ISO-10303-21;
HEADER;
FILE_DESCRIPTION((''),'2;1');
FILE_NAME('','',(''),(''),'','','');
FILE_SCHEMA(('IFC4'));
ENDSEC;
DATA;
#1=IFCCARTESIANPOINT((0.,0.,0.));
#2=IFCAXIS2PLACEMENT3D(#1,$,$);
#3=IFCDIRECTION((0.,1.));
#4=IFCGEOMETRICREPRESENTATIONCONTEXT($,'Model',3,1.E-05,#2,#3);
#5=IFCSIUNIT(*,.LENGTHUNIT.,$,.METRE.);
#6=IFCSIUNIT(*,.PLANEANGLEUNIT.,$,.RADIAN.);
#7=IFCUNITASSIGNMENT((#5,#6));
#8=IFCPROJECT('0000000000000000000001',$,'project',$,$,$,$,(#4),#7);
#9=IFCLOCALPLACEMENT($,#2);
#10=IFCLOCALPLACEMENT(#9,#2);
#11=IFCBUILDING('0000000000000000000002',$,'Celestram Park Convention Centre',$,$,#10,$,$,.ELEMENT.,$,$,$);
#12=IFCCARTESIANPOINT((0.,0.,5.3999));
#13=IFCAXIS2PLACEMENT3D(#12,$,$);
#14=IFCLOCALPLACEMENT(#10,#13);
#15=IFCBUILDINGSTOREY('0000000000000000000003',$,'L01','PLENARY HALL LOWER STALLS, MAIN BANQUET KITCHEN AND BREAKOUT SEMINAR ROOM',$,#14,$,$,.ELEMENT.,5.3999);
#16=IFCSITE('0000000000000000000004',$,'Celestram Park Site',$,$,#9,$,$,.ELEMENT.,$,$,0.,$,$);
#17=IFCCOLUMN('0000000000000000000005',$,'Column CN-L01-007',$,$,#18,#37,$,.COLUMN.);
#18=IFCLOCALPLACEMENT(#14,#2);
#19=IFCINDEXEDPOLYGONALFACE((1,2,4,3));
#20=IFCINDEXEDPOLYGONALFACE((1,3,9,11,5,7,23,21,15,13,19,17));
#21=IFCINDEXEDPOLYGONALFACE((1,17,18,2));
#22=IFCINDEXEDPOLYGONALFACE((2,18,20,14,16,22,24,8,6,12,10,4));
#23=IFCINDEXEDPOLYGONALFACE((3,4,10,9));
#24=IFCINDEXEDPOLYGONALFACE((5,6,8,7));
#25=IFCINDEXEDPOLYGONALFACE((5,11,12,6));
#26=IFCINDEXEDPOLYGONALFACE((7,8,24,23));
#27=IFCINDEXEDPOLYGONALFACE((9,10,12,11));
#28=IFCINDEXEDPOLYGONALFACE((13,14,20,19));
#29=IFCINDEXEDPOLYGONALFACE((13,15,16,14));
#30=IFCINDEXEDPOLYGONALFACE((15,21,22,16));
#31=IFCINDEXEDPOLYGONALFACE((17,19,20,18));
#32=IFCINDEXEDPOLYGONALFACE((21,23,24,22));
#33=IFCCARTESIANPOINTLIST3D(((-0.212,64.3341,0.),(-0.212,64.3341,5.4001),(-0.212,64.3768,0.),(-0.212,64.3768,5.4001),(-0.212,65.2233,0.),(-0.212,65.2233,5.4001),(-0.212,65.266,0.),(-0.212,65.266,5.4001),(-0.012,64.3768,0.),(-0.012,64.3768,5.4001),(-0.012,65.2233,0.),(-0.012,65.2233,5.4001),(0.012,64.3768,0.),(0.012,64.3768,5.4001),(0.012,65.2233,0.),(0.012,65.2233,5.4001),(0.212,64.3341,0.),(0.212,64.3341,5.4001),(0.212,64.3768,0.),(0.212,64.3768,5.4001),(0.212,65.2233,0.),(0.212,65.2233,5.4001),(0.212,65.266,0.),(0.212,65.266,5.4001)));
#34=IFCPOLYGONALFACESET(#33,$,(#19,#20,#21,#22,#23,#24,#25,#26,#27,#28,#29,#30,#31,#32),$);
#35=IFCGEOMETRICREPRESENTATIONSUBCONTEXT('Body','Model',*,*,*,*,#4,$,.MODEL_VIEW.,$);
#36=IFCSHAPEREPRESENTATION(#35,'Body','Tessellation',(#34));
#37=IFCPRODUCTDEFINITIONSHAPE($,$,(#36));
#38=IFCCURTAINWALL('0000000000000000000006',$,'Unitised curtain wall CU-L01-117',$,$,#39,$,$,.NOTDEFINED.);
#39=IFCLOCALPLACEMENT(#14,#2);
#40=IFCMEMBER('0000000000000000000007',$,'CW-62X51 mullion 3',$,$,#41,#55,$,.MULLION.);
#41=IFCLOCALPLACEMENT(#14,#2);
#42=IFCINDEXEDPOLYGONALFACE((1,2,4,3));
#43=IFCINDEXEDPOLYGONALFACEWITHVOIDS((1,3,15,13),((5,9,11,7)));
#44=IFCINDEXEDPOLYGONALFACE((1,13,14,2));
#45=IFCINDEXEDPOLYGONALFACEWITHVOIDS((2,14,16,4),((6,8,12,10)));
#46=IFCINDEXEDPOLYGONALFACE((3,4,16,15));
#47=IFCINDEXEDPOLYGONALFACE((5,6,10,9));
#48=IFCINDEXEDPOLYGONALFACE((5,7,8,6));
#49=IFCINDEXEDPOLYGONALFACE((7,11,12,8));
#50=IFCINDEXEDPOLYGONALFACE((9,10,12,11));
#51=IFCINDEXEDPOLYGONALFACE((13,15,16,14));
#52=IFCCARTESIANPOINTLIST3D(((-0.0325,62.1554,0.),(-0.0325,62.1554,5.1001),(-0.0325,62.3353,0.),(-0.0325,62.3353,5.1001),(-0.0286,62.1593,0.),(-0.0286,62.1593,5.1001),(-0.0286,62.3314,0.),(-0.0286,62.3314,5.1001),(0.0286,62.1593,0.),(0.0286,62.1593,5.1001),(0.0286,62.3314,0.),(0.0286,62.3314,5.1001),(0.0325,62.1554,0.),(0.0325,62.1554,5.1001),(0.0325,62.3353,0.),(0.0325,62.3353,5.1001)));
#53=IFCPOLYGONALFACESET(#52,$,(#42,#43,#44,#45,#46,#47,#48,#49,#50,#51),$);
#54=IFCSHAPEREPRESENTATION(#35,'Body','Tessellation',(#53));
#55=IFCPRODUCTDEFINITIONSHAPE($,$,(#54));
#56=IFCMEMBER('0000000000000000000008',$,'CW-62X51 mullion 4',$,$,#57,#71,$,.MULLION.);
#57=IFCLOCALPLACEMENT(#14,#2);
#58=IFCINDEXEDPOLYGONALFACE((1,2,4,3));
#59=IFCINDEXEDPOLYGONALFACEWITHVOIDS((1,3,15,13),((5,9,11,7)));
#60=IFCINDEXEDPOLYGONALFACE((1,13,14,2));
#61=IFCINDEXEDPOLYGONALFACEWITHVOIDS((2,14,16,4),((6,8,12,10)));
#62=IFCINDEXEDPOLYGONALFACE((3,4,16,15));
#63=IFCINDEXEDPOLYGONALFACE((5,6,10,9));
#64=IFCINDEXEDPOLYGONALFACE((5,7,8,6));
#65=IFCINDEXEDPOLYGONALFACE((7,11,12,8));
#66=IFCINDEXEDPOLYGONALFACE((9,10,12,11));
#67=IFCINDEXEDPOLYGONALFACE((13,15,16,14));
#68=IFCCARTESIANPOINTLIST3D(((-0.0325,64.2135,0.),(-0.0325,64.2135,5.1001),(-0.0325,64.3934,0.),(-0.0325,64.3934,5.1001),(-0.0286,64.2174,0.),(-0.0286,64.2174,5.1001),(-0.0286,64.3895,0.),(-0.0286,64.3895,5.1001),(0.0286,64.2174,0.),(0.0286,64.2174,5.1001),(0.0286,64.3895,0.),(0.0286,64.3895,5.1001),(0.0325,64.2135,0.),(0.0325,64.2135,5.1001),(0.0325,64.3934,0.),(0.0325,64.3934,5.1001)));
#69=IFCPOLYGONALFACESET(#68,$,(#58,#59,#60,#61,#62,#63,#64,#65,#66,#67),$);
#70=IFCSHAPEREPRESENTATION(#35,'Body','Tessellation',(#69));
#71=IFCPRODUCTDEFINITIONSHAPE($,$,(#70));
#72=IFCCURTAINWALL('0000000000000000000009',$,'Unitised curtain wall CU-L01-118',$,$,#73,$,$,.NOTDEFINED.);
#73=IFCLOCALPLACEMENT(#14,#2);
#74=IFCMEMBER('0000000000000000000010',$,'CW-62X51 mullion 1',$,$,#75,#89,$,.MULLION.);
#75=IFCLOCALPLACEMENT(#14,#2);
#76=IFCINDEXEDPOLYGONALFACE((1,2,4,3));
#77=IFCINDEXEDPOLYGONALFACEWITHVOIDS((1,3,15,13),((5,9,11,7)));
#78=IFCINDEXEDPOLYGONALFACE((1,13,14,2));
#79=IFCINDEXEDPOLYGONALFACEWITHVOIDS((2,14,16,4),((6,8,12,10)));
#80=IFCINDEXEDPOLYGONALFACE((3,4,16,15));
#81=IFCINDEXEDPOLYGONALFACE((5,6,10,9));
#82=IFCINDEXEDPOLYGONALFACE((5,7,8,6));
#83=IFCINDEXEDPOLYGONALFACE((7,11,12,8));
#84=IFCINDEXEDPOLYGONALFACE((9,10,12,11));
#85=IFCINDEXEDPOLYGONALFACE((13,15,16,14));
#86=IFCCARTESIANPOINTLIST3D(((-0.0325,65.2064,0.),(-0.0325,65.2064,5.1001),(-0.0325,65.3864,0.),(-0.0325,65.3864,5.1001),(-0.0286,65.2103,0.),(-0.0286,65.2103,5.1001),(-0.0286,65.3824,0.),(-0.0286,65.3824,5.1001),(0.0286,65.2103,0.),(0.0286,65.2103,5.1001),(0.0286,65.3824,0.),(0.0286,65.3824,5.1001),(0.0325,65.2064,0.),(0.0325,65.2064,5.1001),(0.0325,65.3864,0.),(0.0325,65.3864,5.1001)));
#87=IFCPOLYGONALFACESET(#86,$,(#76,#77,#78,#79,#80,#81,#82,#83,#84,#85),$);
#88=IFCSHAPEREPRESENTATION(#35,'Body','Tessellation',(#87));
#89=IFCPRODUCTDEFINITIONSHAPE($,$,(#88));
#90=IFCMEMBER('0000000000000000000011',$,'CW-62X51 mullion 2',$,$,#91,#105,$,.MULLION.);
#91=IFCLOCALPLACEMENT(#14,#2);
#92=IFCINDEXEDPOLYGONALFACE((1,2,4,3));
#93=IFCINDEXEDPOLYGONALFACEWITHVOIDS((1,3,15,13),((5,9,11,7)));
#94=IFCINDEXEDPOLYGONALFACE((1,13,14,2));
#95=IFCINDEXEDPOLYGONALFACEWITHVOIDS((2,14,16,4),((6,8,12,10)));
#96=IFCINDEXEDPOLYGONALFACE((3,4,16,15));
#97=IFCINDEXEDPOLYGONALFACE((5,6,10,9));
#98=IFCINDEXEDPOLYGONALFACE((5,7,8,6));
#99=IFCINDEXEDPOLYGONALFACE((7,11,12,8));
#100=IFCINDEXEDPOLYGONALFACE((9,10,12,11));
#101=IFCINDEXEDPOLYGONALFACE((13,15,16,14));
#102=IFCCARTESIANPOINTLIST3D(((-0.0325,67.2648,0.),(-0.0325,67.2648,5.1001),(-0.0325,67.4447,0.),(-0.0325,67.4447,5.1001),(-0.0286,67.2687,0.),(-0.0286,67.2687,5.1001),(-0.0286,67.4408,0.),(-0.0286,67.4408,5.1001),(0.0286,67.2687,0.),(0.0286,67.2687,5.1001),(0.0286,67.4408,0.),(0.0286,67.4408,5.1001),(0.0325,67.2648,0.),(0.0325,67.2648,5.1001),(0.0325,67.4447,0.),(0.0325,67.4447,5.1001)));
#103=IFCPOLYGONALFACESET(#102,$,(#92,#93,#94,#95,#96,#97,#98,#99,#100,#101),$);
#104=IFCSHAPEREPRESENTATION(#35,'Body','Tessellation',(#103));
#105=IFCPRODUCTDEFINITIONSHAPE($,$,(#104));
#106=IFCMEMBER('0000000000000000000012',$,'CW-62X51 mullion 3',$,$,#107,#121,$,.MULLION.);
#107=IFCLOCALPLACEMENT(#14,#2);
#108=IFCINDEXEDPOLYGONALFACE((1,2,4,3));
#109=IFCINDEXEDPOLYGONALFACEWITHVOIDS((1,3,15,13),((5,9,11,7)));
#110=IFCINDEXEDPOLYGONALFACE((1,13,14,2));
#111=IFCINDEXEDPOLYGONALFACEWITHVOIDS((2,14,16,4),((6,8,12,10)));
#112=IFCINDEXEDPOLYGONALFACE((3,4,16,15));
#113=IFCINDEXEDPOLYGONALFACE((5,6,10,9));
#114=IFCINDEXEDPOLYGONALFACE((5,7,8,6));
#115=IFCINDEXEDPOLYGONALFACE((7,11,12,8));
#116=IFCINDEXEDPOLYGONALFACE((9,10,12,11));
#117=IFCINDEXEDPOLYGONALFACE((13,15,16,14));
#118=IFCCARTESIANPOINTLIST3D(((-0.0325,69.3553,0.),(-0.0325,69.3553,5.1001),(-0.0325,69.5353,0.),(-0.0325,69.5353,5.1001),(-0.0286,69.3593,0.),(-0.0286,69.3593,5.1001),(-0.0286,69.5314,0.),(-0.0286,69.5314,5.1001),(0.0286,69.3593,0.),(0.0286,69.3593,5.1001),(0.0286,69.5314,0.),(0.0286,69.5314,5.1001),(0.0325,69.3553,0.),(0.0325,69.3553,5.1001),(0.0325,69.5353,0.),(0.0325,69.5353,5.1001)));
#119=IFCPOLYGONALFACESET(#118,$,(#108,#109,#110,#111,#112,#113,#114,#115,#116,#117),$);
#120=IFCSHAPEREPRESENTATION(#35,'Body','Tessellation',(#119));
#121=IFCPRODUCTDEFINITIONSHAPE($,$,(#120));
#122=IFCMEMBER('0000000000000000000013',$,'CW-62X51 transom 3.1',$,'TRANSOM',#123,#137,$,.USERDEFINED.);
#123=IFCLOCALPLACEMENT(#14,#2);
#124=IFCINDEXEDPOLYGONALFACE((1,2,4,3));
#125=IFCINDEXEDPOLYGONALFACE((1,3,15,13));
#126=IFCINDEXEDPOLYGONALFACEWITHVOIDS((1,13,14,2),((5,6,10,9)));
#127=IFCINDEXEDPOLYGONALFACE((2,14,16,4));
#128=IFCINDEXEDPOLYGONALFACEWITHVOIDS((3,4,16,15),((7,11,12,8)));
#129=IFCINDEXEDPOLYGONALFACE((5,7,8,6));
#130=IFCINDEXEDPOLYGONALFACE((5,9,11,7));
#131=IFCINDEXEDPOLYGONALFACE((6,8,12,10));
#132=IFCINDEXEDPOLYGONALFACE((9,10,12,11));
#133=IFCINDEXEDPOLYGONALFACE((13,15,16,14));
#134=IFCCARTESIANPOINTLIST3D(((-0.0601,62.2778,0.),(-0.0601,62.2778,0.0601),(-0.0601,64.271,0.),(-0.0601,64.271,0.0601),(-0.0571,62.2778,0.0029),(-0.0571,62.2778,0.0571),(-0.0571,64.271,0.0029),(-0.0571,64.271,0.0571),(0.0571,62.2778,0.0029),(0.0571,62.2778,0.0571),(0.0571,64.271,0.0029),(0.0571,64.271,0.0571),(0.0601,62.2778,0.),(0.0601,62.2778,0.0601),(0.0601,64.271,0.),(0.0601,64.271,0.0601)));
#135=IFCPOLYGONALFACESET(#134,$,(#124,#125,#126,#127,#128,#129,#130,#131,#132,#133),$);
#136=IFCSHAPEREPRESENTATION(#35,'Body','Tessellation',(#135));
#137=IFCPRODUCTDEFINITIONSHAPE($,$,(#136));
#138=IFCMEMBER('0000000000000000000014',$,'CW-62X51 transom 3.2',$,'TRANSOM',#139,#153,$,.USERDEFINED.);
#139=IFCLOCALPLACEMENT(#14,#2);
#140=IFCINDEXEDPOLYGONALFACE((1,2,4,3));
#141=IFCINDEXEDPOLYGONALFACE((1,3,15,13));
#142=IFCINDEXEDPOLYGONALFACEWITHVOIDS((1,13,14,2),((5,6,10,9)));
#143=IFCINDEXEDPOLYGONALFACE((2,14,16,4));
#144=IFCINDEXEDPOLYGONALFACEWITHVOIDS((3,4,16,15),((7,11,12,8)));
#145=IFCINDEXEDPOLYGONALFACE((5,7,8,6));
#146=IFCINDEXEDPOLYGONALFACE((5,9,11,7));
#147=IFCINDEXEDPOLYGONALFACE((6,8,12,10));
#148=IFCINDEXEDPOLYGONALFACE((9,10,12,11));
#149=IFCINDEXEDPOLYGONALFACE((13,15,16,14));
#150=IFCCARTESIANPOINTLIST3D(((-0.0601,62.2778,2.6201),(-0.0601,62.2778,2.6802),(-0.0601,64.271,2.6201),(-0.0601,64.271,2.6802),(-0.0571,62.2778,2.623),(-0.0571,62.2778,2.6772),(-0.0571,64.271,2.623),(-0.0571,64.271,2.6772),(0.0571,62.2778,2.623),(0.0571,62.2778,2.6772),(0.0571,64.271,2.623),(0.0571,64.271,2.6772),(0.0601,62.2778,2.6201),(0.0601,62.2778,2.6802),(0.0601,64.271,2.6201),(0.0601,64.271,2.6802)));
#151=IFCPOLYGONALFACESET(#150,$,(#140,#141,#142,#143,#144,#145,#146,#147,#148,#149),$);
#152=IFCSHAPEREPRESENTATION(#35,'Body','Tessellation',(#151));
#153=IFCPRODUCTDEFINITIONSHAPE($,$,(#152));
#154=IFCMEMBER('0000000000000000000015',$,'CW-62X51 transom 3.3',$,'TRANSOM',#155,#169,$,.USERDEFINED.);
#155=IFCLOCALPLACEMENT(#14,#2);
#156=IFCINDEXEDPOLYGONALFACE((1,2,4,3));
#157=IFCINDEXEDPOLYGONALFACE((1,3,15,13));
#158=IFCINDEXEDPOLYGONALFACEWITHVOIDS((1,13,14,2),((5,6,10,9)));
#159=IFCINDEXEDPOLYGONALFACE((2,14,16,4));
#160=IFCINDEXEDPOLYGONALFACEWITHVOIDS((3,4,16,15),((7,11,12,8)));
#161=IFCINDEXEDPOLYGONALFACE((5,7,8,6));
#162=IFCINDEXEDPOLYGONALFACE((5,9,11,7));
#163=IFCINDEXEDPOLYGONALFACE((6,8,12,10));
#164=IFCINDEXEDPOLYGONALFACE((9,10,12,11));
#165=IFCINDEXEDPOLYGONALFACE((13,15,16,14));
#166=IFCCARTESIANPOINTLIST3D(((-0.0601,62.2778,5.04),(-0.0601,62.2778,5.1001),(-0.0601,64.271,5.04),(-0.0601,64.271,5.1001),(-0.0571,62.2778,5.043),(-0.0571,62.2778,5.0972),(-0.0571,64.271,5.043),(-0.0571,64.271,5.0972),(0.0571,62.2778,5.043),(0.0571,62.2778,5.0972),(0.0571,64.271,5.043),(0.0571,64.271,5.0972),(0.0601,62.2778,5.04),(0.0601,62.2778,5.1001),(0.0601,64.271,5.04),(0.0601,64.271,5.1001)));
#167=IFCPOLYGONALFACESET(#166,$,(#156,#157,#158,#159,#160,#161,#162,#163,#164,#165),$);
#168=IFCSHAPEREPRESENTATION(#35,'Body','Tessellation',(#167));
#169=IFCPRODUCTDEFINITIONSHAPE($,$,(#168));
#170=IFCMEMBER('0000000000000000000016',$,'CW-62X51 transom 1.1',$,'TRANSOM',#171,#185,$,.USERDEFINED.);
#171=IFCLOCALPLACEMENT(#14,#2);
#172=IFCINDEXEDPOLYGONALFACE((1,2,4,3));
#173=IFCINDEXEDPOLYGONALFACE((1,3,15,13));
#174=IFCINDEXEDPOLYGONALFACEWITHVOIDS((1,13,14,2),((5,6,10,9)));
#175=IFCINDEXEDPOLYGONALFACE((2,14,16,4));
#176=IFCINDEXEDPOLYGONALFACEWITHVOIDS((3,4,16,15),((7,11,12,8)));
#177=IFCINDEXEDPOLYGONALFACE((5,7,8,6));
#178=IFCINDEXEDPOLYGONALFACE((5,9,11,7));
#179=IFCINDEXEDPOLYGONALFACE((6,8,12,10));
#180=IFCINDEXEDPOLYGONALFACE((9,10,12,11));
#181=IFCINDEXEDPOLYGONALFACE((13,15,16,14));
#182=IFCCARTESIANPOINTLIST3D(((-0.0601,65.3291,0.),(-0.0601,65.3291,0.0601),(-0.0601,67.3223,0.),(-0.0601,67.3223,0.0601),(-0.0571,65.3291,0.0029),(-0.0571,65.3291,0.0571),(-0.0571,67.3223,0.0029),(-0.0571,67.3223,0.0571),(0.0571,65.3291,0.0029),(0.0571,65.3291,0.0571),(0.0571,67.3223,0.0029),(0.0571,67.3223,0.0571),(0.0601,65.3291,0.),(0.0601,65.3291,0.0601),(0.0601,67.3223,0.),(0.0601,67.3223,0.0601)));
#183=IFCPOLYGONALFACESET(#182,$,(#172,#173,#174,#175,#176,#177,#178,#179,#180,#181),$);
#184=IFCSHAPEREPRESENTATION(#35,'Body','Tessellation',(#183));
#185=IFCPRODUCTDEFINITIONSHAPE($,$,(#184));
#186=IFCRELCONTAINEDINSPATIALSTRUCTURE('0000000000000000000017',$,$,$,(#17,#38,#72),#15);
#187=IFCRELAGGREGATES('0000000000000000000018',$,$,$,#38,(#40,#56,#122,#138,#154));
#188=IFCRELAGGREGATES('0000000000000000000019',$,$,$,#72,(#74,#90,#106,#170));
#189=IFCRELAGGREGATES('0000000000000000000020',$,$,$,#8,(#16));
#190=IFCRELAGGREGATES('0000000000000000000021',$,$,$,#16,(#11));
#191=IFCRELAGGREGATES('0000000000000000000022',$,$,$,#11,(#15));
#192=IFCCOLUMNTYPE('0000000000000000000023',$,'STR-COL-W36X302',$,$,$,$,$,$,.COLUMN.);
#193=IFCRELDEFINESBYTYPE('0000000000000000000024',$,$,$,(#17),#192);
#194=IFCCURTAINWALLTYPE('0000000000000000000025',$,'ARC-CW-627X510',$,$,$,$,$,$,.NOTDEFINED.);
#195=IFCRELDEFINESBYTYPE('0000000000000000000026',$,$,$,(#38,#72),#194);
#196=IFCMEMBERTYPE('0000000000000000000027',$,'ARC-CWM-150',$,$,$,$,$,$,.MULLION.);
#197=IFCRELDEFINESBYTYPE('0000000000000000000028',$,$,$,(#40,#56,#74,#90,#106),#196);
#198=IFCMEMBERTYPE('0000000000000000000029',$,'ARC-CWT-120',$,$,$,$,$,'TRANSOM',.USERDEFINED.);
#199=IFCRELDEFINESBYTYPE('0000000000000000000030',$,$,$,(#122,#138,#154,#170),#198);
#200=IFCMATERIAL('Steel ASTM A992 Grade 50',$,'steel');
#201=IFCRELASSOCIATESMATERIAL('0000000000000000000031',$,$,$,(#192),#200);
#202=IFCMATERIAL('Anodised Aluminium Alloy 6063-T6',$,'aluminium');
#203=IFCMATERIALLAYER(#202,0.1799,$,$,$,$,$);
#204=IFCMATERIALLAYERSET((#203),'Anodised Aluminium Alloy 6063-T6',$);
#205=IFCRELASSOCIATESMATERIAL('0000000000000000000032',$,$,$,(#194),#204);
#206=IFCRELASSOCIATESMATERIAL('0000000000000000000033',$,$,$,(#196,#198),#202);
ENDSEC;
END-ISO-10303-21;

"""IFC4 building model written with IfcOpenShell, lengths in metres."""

from ifc_helpers import new_model, si_unit, direction, frame, origin, origin_2d, place, context, subcontext, project, spatial, hollow_rectangle, i_section, extrude, material, layer, layer_set, material_profile, profile_set, type_object, element, aggregate, save


model = new_model("IFC4")

# Units and contexts
model_context = context("Model", 3, precision=1e-05, world=origin(), true_north=direction((0.0, 1.0)))
body_context = subcontext(model_context, "Body", "Model", "MODEL_VIEW")
ifc_project = project(units=[si_unit("LENGTHUNIT", "METRE"), si_unit("PLANEANGLEUNIT", "RADIAN")], contexts=[model_context])

# Site, building, storey
site_placement = place(None, origin())
site = spatial("IfcSite", under=ifc_project, at=site_placement, Name="Celestram Park Site", CompositionType="ELEMENT", RefElevation=0.0)
building_placement = place(site_placement, origin())
building = spatial("IfcBuilding", under=site, at=building_placement, Name="Celestram Park Convention Centre", CompositionType="ELEMENT")
storey_placement = place(building_placement, frame((0.0, 0.0, 5.3999)))
storey = spatial("IfcBuildingStorey", under=building, at=storey_placement, Name="L01", Description="PLENARY HALL LOWER STALLS, MAIN BANQUET KITCHEN AND BREAKOUT SEMINAR ROOM", CompositionType="ELEMENT", Elevation=5.3999)

# Column
ifc_material_1 = material(Name="Steel ASTM A992 Grade 50", Category="steel")
ifc_material_profile_1 = material_profile(ifc_material_1, i_section(OverallWidth=0.4241, OverallDepth=0.9319, WebThickness=0.0239, FlangeThickness=0.0427, at=origin_2d()), Name="W36X302")
ifc_profile_set_1 = profile_set([ifc_material_profile_1], Name="Steel ASTM A992 Grade 50")
column_type = type_object("IfcColumnType", Name="STR-COL-W36X302", PredefinedType="COLUMN", material=ifc_profile_set_1)
column_placement = place(storey_placement, frame((0.0, 64.8, 0.0), z_axis=(0.0, 0.0, 1.0), x_axis=(1.0, 0.0, 0.0)))
element("IfcColumn", 1, at=column_placement, inside=storey, type_object=column_type, Name="Column CN-L01-007", PredefinedType="COLUMN", context=body_context, shape_type="SweptSolid", body=[
    extrude(i_section(OverallWidth=0.4241, OverallDepth=0.9319, WebThickness=0.0239, FlangeThickness=0.0427, at=origin_2d()), origin(), (0.0, 0.0, 1.0), 5.4001),
])

# Curtain walls, members
ifc_material_2 = material(Name="Anodised Aluminium Alloy 6063-T6", Category="aluminium")
ifc_layer_1 = layer(ifc_material_2, 0.1799)
ifc_layer_set_1 = layer_set([ifc_layer_1], Name="Anodised Aluminium Alloy 6063-T6")
curtain_wall_type = type_object("IfcCurtainWallType", Name="ARC-CW-627X510", PredefinedType="NOTDEFINED", material=ifc_layer_set_1)
curtain_wall_1_placement = place(storey_placement, origin())
curtain_wall_1 = element("IfcCurtainWall", 2, at=curtain_wall_1_placement, inside=storey, type_object=curtain_wall_type, Name="Unitised curtain wall CU-L01-117", PredefinedType="NOTDEFINED")
ifc_material_profile_2 = material_profile(ifc_material_2, hollow_rectangle(XDim=0.0649, YDim=0.1799, WallThickness=0.0039, at=origin_2d()), Name="ALU65X180X4")
ifc_profile_set_2 = profile_set([ifc_material_profile_2], Name="Anodised Aluminium Alloy 6063-T6")
member_type_1 = type_object("IfcMemberType", Name="ARC-CWM-150", PredefinedType="MULLION", material=ifc_profile_set_2)
member_1_placement = place(storey_placement, frame((0.0, 62.2454, 0.0), z_axis=(0.0, 0.0, 1.0), x_axis=(-1.0, 0.0, 0.0)))
member_1 = element("IfcMember", 3, at=member_1_placement, type_object=member_type_1, Name="CW-62X51 mullion 3", PredefinedType="MULLION", context=body_context, shape_type="SweptSolid", body=[
    extrude(hollow_rectangle(XDim=0.0649, YDim=0.1799, WallThickness=0.0039, at=origin_2d()), origin(), (0.0, 0.0, 1.0), 5.1001),
])
member_2_placement = place(storey_placement, frame((0.0, 64.3035, 0.0), z_axis=(0.0, 0.0, 1.0), x_axis=(-1.0, 0.0, 0.0)))
member_2 = element("IfcMember", 4, at=member_2_placement, type_object=member_type_1, Name="CW-62X51 mullion 4", PredefinedType="MULLION", context=body_context, shape_type="SweptSolid", body=[
    extrude(hollow_rectangle(XDim=0.0649, YDim=0.1799, WallThickness=0.0039, at=origin_2d()), origin(), (0.0, 0.0, 1.0), 5.1001),
])
curtain_wall_2_placement = place(storey_placement, origin())
curtain_wall_2 = element("IfcCurtainWall", 5, at=curtain_wall_2_placement, inside=storey, type_object=curtain_wall_type, Name="Unitised curtain wall CU-L01-118", PredefinedType="NOTDEFINED")
member_3_placement = place(storey_placement, frame((0.0, 65.2964, 0.0), z_axis=(0.0, 0.0, 1.0), x_axis=(-1.0, 0.0, 0.0)))
member_3 = element("IfcMember", 6, at=member_3_placement, type_object=member_type_1, Name="CW-62X51 mullion 1", PredefinedType="MULLION", context=body_context, shape_type="SweptSolid", body=[
    extrude(hollow_rectangle(XDim=0.0649, YDim=0.1799, WallThickness=0.0039, at=origin_2d()), origin(), (0.0, 0.0, 1.0), 5.1001),
])
member_4_placement = place(storey_placement, frame((0.0, 67.3547, 0.0), z_axis=(0.0, 0.0, 1.0), x_axis=(-1.0, 0.0, 0.0)))
member_4 = element("IfcMember", 7, at=member_4_placement, type_object=member_type_1, Name="CW-62X51 mullion 2", PredefinedType="MULLION", context=body_context, shape_type="SweptSolid", body=[
    extrude(hollow_rectangle(XDim=0.0649, YDim=0.1799, WallThickness=0.0039, at=origin_2d()), origin(), (0.0, 0.0, 1.0), 5.1001),
])
member_5_placement = place(storey_placement, frame((0.0, 69.4453, 0.0), z_axis=(0.0, 0.0, 1.0), x_axis=(-1.0, 0.0, 0.0)))
member_5 = element("IfcMember", 8, at=member_5_placement, type_object=member_type_1, Name="CW-62X51 mullion 3", PredefinedType="MULLION", context=body_context, shape_type="SweptSolid", body=[
    extrude(hollow_rectangle(XDim=0.0649, YDim=0.1799, WallThickness=0.0039, at=origin_2d()), origin(), (0.0, 0.0, 1.0), 5.1001),
])

# Members
ifc_material_profile_3 = material_profile(ifc_material_2, hollow_rectangle(XDim=0.1201, YDim=0.0601, WallThickness=0.0029, at=origin_2d()), Name="ALU120X60X3")
ifc_profile_set_3 = profile_set([ifc_material_profile_3], Name="Anodised Aluminium Alloy 6063-T6")
member_type_2 = type_object("IfcMemberType", Name="ARC-CWT-120", ElementType="TRANSOM", PredefinedType="USERDEFINED", material=ifc_profile_set_3)
member_6_placement = place(storey_placement, frame((0.0, 62.2778, 0.03), z_axis=(0.0, 1.0, 0.0), x_axis=(-1.0, 0.0, 0.0)))
member_6 = element("IfcMember", 9, at=member_6_placement, type_object=member_type_2, Name="CW-62X51 transom 3.1", ObjectType="TRANSOM", PredefinedType="USERDEFINED", context=body_context, shape_type="SweptSolid", body=[
    extrude(hollow_rectangle(XDim=0.1201, YDim=0.0601, WallThickness=0.0029, at=origin_2d()), origin(), (0.0, 0.0, 1.0), 1.9932),
])
member_7_placement = place(storey_placement, frame((0.0, 62.2778, 2.6501), z_axis=(0.0, 1.0, 0.0), x_axis=(-1.0, 0.0, 0.0)))
member_7 = element("IfcMember", 10, at=member_7_placement, type_object=member_type_2, Name="CW-62X51 transom 3.2", ObjectType="TRANSOM", PredefinedType="USERDEFINED", context=body_context, shape_type="SweptSolid", body=[
    extrude(hollow_rectangle(XDim=0.1201, YDim=0.0601, WallThickness=0.0029, at=origin_2d()), origin(), (0.0, 0.0, 1.0), 1.9932),
])
member_8_placement = place(storey_placement, frame((0.0, 62.2778, 5.0701), z_axis=(0.0, 1.0, 0.0), x_axis=(-1.0, 0.0, 0.0)))
member_8 = element("IfcMember", 11, at=member_8_placement, type_object=member_type_2, Name="CW-62X51 transom 3.3", ObjectType="TRANSOM", PredefinedType="USERDEFINED", context=body_context, shape_type="SweptSolid", body=[
    extrude(hollow_rectangle(XDim=0.1201, YDim=0.0601, WallThickness=0.0029, at=origin_2d()), origin(), (0.0, 0.0, 1.0), 1.9932),
])
member_9_placement = place(storey_placement, frame((0.0, 65.3291, 0.03), z_axis=(0.0, 1.0, 0.0), x_axis=(-1.0, 0.0, 0.0)))
member_9 = element("IfcMember", 12, at=member_9_placement, type_object=member_type_2, Name="CW-62X51 transom 1.1", ObjectType="TRANSOM", PredefinedType="USERDEFINED", context=body_context, shape_type="SweptSolid", body=[
    extrude(hollow_rectangle(XDim=0.1201, YDim=0.0601, WallThickness=0.0029, at=origin_2d()), origin(), (0.0, 0.0, 1.0), 1.9932),
])

aggregate(curtain_wall_1, [member_1, member_2, member_6, member_7, member_8])
aggregate(curtain_wall_2, [member_3, member_4, member_5, member_9])

save(model, "model.ifc")
